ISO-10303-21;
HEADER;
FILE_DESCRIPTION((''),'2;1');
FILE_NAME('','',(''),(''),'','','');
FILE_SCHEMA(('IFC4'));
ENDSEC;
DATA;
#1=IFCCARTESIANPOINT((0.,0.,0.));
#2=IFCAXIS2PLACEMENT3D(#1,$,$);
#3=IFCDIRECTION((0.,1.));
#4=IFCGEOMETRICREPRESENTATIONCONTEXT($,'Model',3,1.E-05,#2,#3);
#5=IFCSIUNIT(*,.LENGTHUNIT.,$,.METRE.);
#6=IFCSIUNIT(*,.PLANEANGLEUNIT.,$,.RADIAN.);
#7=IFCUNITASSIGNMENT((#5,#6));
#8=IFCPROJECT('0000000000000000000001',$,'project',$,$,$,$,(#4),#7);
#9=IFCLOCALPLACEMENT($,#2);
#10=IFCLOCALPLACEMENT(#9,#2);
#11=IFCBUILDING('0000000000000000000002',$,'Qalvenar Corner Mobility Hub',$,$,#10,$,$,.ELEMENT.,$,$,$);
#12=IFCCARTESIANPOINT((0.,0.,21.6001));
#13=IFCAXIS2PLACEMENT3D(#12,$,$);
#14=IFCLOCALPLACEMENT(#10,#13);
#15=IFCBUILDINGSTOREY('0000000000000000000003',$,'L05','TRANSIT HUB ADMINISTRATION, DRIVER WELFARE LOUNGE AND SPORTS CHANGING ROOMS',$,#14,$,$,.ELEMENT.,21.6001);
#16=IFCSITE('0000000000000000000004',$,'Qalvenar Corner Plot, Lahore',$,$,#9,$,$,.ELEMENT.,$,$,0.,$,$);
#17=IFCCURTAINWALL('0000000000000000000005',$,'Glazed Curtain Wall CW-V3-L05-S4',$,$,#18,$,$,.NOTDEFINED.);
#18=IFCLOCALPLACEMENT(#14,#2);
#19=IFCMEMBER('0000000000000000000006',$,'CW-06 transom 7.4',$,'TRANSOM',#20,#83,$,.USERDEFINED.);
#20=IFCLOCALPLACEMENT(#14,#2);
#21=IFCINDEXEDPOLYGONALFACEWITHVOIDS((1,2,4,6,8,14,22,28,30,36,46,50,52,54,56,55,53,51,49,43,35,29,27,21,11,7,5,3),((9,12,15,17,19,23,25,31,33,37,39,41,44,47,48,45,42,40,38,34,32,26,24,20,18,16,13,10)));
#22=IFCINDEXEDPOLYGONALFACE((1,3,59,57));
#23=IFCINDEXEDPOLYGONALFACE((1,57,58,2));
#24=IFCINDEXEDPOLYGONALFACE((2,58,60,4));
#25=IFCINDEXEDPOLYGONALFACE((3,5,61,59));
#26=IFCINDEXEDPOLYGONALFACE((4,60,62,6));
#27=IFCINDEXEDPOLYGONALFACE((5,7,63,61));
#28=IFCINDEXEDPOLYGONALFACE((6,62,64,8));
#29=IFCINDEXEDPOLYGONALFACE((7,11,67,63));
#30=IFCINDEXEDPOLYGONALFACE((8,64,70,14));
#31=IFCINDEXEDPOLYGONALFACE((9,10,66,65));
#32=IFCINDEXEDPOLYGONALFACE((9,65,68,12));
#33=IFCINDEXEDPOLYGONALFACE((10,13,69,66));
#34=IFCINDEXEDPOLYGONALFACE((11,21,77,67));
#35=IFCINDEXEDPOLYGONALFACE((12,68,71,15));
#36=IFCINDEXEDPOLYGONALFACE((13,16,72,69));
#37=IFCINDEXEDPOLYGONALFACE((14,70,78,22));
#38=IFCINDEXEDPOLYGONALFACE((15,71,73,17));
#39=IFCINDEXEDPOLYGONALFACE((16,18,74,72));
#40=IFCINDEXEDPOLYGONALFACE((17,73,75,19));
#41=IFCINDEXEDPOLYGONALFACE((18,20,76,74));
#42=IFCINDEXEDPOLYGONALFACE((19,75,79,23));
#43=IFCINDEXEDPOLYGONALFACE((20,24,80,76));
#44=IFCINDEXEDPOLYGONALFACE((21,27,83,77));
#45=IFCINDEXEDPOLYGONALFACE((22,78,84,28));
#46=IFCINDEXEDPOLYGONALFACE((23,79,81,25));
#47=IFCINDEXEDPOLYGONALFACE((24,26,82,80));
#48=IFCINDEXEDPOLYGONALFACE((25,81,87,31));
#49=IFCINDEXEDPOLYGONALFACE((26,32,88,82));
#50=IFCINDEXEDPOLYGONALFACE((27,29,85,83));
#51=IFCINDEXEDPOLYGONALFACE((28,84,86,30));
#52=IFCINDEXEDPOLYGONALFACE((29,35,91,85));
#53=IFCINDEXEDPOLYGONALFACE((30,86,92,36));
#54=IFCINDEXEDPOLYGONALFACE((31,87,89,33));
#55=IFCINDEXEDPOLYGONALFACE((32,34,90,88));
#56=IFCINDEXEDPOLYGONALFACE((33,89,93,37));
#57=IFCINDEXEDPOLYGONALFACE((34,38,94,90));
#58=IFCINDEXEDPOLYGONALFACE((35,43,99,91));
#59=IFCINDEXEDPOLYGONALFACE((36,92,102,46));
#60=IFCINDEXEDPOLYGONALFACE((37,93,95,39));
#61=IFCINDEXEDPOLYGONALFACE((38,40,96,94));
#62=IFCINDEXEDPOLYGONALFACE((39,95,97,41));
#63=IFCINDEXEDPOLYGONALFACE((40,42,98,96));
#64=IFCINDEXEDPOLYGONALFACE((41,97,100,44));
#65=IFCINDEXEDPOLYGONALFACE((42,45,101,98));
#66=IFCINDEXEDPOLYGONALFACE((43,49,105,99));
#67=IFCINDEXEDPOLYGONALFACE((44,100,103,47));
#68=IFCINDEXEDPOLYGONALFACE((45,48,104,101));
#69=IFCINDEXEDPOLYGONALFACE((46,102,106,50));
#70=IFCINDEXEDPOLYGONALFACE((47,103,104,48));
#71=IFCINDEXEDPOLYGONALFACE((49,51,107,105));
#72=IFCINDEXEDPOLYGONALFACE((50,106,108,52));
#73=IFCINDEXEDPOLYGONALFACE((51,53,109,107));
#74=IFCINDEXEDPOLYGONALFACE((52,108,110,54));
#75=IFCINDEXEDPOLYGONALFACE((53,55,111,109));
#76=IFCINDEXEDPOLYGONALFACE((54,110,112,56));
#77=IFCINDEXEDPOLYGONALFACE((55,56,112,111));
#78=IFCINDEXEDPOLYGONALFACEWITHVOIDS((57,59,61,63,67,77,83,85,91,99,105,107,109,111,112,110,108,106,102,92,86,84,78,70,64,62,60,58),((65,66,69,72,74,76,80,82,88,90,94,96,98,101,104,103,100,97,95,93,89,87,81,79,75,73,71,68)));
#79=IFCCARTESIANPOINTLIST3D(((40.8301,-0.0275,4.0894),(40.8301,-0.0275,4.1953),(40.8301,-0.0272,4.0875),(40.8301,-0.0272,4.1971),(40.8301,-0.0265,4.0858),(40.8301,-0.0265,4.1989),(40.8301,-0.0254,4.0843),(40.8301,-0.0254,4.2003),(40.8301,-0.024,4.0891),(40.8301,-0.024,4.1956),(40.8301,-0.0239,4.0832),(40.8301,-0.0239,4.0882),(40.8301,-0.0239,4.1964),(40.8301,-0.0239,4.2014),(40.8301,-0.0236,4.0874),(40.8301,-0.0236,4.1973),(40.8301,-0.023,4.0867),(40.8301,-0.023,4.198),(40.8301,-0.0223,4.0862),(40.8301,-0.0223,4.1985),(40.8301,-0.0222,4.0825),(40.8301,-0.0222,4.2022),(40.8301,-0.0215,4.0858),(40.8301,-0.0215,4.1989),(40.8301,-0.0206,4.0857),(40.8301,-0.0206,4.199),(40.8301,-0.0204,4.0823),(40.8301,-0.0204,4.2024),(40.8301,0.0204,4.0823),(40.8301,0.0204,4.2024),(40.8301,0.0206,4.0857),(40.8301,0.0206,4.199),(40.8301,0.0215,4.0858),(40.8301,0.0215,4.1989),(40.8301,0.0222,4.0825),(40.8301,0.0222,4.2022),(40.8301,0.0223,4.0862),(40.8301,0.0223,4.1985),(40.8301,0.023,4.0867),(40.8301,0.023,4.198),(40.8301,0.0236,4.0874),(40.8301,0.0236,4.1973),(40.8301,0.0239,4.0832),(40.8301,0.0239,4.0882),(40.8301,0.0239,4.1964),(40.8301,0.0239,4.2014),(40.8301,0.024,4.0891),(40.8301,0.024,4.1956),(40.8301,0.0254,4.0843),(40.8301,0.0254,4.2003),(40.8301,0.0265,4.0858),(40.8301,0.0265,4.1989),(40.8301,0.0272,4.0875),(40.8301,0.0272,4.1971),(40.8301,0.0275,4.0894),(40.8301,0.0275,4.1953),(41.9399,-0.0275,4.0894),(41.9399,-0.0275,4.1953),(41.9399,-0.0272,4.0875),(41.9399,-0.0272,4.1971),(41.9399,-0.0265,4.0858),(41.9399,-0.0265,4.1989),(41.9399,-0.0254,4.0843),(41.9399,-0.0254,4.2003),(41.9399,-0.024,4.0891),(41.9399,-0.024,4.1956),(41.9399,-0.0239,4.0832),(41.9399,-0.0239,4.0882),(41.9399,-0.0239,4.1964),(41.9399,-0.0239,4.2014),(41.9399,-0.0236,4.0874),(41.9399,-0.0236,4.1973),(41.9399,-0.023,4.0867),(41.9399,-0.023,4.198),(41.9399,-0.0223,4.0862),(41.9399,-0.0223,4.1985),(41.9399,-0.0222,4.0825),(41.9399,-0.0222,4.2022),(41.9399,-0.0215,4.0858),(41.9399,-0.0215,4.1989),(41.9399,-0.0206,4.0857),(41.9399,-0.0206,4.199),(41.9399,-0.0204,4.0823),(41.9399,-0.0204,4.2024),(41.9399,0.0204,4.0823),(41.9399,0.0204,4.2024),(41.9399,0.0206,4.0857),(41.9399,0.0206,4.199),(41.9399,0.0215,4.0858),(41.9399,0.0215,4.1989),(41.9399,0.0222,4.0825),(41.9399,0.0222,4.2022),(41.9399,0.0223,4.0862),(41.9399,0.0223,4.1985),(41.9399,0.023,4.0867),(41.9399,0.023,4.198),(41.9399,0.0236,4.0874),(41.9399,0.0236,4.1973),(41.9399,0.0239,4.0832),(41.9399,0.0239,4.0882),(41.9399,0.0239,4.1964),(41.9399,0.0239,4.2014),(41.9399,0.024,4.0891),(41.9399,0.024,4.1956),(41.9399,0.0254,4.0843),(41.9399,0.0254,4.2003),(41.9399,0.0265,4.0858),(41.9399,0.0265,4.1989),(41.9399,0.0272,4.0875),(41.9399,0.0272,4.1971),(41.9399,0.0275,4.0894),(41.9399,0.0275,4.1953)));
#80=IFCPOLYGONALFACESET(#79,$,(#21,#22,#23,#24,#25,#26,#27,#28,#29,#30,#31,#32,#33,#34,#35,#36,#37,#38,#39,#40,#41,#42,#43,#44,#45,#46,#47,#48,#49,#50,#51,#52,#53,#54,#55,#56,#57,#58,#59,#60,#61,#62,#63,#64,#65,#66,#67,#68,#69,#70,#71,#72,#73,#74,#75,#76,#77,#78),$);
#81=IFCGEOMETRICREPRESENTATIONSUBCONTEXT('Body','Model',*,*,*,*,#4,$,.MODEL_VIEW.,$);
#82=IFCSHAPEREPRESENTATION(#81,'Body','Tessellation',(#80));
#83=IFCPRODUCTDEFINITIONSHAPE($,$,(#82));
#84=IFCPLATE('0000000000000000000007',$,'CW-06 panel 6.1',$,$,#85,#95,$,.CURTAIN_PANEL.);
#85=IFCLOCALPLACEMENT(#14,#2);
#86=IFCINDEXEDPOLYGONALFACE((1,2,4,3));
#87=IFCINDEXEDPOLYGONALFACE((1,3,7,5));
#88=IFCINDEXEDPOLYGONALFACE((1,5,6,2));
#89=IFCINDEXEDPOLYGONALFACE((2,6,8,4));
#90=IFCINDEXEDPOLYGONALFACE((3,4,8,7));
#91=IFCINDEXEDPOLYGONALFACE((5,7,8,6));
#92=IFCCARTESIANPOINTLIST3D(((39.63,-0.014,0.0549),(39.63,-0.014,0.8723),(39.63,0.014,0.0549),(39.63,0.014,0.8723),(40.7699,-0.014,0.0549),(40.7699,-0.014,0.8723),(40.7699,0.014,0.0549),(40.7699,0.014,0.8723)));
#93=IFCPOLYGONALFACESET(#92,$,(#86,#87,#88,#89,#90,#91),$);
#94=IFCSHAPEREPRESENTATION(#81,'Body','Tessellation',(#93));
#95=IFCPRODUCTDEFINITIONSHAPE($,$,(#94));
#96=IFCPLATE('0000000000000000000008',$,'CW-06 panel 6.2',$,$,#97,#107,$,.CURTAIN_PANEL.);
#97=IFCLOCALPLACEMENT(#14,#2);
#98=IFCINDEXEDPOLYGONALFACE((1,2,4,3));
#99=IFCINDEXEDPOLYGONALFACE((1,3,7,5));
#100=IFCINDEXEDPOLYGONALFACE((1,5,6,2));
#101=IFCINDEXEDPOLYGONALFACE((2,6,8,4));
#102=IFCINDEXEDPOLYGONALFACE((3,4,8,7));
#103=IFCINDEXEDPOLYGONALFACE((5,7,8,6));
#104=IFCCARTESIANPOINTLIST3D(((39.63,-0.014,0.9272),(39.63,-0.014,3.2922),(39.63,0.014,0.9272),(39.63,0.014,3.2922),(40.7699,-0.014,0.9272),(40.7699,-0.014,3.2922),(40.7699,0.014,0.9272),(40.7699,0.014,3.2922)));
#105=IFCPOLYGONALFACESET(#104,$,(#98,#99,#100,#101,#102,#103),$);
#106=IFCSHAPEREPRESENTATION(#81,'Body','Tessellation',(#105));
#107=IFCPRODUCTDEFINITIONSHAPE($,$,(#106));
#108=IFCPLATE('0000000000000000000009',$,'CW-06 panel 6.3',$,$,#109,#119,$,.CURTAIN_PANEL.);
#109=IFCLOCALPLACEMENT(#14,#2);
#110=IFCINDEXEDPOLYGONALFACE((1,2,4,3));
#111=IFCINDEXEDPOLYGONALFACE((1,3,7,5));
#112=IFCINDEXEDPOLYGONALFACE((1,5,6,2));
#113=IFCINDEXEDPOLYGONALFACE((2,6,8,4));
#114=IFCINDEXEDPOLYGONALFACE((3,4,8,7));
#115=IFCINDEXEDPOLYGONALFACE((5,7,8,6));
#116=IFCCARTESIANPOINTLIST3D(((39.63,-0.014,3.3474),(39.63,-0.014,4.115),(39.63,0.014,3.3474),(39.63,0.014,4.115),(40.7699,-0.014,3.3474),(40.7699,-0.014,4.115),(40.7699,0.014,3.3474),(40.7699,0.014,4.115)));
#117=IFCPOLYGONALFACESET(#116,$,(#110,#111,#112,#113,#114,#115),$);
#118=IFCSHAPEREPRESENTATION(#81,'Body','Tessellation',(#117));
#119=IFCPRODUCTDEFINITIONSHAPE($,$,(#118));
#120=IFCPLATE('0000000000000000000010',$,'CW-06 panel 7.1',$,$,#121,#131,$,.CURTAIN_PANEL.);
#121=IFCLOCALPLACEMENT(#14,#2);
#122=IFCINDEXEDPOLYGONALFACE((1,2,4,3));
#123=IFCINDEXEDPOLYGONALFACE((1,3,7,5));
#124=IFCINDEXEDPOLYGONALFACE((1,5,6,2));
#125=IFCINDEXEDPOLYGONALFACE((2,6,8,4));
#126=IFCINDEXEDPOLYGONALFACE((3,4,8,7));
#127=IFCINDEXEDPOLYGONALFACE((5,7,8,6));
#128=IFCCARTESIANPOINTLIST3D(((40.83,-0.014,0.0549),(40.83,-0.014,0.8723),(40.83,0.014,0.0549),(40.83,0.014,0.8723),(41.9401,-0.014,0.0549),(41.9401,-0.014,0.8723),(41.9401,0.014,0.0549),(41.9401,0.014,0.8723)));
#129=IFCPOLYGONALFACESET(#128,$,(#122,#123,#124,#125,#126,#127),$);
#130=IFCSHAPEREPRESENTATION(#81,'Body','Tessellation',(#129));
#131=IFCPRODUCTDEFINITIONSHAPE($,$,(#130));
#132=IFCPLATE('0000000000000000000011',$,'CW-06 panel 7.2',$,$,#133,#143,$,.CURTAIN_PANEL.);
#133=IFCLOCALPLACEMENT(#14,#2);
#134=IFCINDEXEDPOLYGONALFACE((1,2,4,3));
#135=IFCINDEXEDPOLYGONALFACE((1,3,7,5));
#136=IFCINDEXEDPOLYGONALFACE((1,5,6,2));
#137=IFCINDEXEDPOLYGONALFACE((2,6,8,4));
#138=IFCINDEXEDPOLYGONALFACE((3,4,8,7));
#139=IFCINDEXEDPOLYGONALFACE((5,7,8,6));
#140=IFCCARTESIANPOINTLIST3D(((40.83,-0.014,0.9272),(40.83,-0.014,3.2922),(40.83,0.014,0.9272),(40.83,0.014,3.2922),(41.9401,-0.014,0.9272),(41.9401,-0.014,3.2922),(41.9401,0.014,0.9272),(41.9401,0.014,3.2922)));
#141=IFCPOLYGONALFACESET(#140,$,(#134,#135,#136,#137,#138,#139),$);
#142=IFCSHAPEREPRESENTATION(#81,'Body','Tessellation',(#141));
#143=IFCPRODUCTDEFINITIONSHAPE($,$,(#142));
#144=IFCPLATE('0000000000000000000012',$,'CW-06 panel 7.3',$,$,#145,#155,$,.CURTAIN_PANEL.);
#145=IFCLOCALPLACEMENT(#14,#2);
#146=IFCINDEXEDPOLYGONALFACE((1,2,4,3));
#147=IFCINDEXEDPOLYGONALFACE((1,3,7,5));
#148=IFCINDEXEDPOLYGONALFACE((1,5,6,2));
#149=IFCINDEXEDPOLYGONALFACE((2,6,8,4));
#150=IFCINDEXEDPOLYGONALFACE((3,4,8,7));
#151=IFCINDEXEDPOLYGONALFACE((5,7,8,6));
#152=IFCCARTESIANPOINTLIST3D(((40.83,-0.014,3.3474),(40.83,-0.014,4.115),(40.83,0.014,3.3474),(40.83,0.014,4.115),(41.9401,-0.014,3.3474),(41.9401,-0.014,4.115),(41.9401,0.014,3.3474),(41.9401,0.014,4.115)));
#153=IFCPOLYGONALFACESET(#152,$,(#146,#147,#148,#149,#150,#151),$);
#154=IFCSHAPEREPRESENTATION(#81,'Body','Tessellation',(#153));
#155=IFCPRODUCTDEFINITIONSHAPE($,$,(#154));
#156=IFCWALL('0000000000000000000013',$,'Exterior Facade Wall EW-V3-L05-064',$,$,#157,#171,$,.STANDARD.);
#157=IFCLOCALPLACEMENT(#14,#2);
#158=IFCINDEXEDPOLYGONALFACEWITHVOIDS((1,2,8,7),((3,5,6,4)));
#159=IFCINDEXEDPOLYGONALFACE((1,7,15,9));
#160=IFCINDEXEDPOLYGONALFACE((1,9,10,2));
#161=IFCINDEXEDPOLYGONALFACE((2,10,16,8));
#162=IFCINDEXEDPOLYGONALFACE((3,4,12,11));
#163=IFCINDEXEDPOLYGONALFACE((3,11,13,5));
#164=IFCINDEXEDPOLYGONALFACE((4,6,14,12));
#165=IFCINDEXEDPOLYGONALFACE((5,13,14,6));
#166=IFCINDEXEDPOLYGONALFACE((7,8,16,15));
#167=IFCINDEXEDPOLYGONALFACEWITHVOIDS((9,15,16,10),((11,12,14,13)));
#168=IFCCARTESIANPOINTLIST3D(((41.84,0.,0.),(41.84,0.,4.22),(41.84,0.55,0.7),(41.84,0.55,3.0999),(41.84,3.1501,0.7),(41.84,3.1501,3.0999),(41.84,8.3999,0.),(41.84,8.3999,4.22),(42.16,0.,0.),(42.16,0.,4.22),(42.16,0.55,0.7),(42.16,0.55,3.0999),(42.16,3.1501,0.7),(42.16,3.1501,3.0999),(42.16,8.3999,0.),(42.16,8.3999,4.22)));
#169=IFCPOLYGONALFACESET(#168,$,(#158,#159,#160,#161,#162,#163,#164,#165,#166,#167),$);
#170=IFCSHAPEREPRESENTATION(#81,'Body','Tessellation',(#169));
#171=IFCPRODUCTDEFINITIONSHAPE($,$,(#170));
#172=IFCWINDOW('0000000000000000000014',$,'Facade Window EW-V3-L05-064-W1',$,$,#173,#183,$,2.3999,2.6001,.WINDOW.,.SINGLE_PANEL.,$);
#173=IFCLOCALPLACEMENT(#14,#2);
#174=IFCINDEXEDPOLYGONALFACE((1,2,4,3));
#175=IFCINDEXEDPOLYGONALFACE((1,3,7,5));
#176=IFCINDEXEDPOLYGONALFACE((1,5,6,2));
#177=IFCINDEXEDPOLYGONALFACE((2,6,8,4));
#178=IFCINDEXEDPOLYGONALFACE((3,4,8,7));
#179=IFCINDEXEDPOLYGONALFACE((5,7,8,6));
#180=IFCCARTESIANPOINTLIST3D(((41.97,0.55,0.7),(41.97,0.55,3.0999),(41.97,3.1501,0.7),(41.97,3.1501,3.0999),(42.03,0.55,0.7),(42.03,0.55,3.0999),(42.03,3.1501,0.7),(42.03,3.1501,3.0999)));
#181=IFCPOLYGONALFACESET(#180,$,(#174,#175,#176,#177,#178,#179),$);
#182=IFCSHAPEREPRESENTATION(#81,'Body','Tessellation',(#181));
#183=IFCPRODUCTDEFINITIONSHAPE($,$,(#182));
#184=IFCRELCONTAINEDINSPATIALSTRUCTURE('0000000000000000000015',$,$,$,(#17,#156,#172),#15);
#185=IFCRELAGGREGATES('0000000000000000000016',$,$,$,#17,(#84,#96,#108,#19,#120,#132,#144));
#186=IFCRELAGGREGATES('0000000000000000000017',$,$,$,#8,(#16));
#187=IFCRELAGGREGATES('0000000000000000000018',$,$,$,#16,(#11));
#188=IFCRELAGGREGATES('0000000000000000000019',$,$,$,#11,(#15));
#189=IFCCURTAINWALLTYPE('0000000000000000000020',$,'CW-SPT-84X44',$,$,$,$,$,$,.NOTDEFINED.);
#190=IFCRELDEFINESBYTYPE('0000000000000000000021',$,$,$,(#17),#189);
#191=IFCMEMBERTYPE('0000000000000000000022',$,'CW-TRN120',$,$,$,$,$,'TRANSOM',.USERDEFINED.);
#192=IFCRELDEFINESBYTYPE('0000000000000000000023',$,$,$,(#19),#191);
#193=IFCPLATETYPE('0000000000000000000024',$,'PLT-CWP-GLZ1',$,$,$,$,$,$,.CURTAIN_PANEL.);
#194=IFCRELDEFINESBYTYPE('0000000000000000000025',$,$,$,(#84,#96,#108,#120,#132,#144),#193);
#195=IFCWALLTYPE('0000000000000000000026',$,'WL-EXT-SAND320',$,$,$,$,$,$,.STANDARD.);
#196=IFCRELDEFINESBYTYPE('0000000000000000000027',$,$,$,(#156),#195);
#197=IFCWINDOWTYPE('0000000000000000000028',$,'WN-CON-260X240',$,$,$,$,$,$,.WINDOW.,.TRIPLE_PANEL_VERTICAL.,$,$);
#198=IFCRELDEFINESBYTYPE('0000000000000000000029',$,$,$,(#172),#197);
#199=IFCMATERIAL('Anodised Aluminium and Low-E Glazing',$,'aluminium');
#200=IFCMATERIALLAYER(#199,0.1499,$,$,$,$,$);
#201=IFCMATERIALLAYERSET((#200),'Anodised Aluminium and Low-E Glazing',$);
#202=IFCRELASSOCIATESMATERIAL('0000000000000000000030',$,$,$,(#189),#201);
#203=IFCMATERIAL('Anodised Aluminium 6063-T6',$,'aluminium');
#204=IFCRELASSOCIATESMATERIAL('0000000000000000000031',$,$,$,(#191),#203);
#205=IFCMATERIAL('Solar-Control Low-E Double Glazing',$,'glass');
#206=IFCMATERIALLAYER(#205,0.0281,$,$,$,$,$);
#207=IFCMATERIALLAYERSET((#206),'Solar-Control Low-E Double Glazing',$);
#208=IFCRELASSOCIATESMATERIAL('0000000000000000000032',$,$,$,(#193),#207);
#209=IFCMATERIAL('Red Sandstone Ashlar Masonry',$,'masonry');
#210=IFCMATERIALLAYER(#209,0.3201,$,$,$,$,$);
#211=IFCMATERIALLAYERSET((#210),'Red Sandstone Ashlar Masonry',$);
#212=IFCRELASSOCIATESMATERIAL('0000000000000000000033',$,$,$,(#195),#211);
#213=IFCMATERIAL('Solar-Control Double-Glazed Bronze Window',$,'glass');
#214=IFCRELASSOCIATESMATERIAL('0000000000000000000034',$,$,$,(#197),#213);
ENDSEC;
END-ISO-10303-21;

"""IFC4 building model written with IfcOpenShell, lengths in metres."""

from ifc_helpers import new_model, si_unit, direction, frame, frame_2d, origin, origin_2d, place, context, subcontext, project, spatial, rectangle, hollow_rectangle, extrude, material, layer, layer_set, material_profile, profile_set, type_object, element, fill, aggregate, save


model = new_model("IFC4")

# Units and contexts
model_context = context("Model", 3, precision=1e-05, world=origin(), true_north=direction((0.0, 1.0)))
body_context = subcontext(model_context, "Body", "Model", "MODEL_VIEW")
ifc_project = project(units=[si_unit("LENGTHUNIT", "METRE"), si_unit("PLANEANGLEUNIT", "RADIAN")], contexts=[model_context])

# Site, building, storey
site_placement = place(None, origin())
site = spatial("IfcSite", under=ifc_project, at=site_placement, Name="Qalvenar Corner Plot, Lahore", CompositionType="ELEMENT", RefElevation=0.0)
building_placement = place(site_placement, origin())
building = spatial("IfcBuilding", under=site, at=building_placement, Name="Qalvenar Corner Mobility Hub", CompositionType="ELEMENT")
storey_placement = place(building_placement, frame((0.0, 0.0, 21.6001)))
storey = spatial("IfcBuildingStorey", under=building, at=storey_placement, Name="L05", Description="TRANSIT HUB ADMINISTRATION, DRIVER WELFARE LOUNGE AND SPORTS CHANGING ROOMS", CompositionType="ELEMENT", Elevation=21.6001)

# Curtain wall, member, plates
ifc_material_1 = material(Name="Anodised Aluminium and Low-E Glazing", Category="aluminium")
ifc_layer_1 = layer(ifc_material_1, 0.1499)
ifc_layer_set_1 = layer_set([ifc_layer_1], Name="Anodised Aluminium and Low-E Glazing")
curtain_wall_type = type_object("IfcCurtainWallType", Name="CW-SPT-84X44", PredefinedType="NOTDEFINED", material=ifc_layer_set_1)
curtain_wall_placement = place(storey_placement, origin())
curtain_wall = element("IfcCurtainWall", 1, at=curtain_wall_placement, inside=storey, type_object=curtain_wall_type, Name="Glazed Curtain Wall CW-V3-L05-S4", PredefinedType="NOTDEFINED")
ifc_material_2 = material(Name="Anodised Aluminium 6063-T6", Category="aluminium")
ifc_material_profile_1 = material_profile(ifc_material_2, hollow_rectangle(XDim=0.0549, YDim=0.1201, WallThickness=0.0034, InnerFilletRadius=0.0034, OuterFilletRadius=0.0071, at=origin_2d()), Name="RHS120x55x3.5")
ifc_profile_set_1 = profile_set([ifc_material_profile_1], Name="Anodised Aluminium 6063-T6")
member_type_1 = type_object("IfcMemberType", Name="CW-TRN120", ElementType="TRANSOM", PredefinedType="USERDEFINED", material=ifc_profile_set_1)
member_1_placement = place(storey_placement, frame((40.8301, 0.0, 4.1423), z_axis=(1.0, 0.0, 0.0), x_axis=(0.0, 1.0, 0.0)))
member_1 = element("IfcMember", 2, at=member_1_placement, type_object=member_type_1, Name="CW-06 transom 7.4", ObjectType="TRANSOM", PredefinedType="USERDEFINED", context=body_context, shape_type="SweptSolid", body=[
    extrude(hollow_rectangle(XDim=0.0549, YDim=0.1201, WallThickness=0.0034, InnerFilletRadius=0.0034, OuterFilletRadius=0.0071, at=origin_2d()), origin(), (0.0, 0.0, 1.0), 1.1099),
])
ifc_material_3 = material(Name="Solar-Control Low-E Double Glazing", Category="glass")
ifc_layer_2 = layer(ifc_material_3, 0.0281)
ifc_layer_set_2 = layer_set([ifc_layer_2], Name="Solar-Control Low-E Double Glazing")
plate_type = type_object("IfcPlateType", Name="PLT-CWP-GLZ1", PredefinedType="CURTAIN_PANEL", material=ifc_layer_set_2)
plate_1_placement = place(storey_placement, frame((40.2, 0.0, 0.0549), z_axis=(0.0, 0.0, 1.0), x_axis=(1.0, 0.0, 0.0)))
plate_1 = element("IfcPlate", 3, at=plate_1_placement, type_object=plate_type, Name="CW-06 panel 6.1", PredefinedType="CURTAIN_PANEL", context=body_context, shape_type="SweptSolid", body=[
    extrude(rectangle(XDim=1.1399, YDim=0.0281, at=origin_2d()), origin(), (0.0, 0.0, 1.0), 0.8174),
])
plate_2_placement = place(storey_placement, frame((40.2, 0.0, 0.9272), z_axis=(0.0, 0.0, 1.0), x_axis=(1.0, 0.0, 0.0)))
plate_2 = element("IfcPlate", 4, at=plate_2_placement, type_object=plate_type, Name="CW-06 panel 6.2", PredefinedType="CURTAIN_PANEL", context=body_context, shape_type="SweptSolid", body=[
    extrude(rectangle(XDim=1.1399, YDim=0.0281, at=origin_2d()), origin(), (0.0, 0.0, 1.0), 2.365),
])
plate_3_placement = place(storey_placement, frame((40.2, 0.0, 3.3474), z_axis=(0.0, 0.0, 1.0), x_axis=(1.0, 0.0, 0.0)))
plate_3 = element("IfcPlate", 5, at=plate_3_placement, type_object=plate_type, Name="CW-06 panel 6.3", PredefinedType="CURTAIN_PANEL", context=body_context, shape_type="SweptSolid", body=[
    extrude(rectangle(XDim=1.1399, YDim=0.0281, at=origin_2d()), origin(), (0.0, 0.0, 1.0), 0.7676),
])
plate_4_placement = place(storey_placement, frame((41.385, 0.0, 0.0549), z_axis=(0.0, 0.0, 1.0), x_axis=(1.0, 0.0, 0.0)))
plate_4 = element("IfcPlate", 6, at=plate_4_placement, type_object=plate_type, Name="CW-06 panel 7.1", PredefinedType="CURTAIN_PANEL", context=body_context, shape_type="SweptSolid", body=[
    extrude(rectangle(XDim=1.1101, YDim=0.0281, at=origin_2d()), origin(), (0.0, 0.0, 1.0), 0.8174),
])
plate_5_placement = place(storey_placement, frame((41.385, 0.0, 0.9272), z_axis=(0.0, 0.0, 1.0), x_axis=(1.0, 0.0, 0.0)))
plate_5 = element("IfcPlate", 7, at=plate_5_placement, type_object=plate_type, Name="CW-06 panel 7.2", PredefinedType="CURTAIN_PANEL", context=body_context, shape_type="SweptSolid", body=[
    extrude(rectangle(XDim=1.1101, YDim=0.0281, at=origin_2d()), origin(), (0.0, 0.0, 1.0), 2.365),
])
plate_6_placement = place(storey_placement, frame((41.385, 0.0, 3.3474), z_axis=(0.0, 0.0, 1.0), x_axis=(1.0, 0.0, 0.0)))
plate_6 = element("IfcPlate", 8, at=plate_6_placement, type_object=plate_type, Name="CW-06 panel 7.3", PredefinedType="CURTAIN_PANEL", context=body_context, shape_type="SweptSolid", body=[
    extrude(rectangle(XDim=1.1101, YDim=0.0281, at=origin_2d()), origin(), (0.0, 0.0, 1.0), 0.7676),
])
aggregate(curtain_wall, [plate_1, plate_2, plate_3, member_1, plate_4, plate_5, plate_6])

# Wall, opening, window
ifc_material_4 = material(Name="Red Sandstone Ashlar Masonry", Category="masonry")
ifc_layer_3 = layer(ifc_material_4, 0.3201)
ifc_layer_set_3 = layer_set([ifc_layer_3], Name="Red Sandstone Ashlar Masonry")
wall_type = type_object("IfcWallType", Name="WL-EXT-SAND320", PredefinedType="STANDARD", material=ifc_layer_set_3)
wall_placement = place(storey_placement, frame((42.0, 0.0, 0.0), z_axis=(0.0, 0.0, 1.0), x_axis=(0.0, 1.0, 0.0)))
wall = element("IfcWall", 9, at=wall_placement, inside=storey, type_object=wall_type, Name="Exterior Facade Wall EW-V3-L05-064", PredefinedType="STANDARD", context=body_context, shape_type="SweptSolid", body=[
    extrude(rectangle(XDim=8.3999, YDim=0.3201, at=frame_2d((4.2, 0.0))), origin(), (0.0, 0.0, 1.0), 4.22),
])
opening_placement = place(wall_placement, frame((0.55, 0.0, 0.7)))
opening = element("IfcOpeningElement", 10, at=opening_placement, cuts=wall, PredefinedType="OPENING", context=body_context, shape_type="SweptSolid", body=[
    extrude(rectangle(XDim=2.6001, YDim=2.3999, at=frame_2d((1.3, 1.2))), frame((0.0, 0.1699, 0.0), z_axis=(0.0, -1.0, 0.0), x_axis=(1.0, 0.0, 0.0)), (0.0, 0.0, 1.0), 0.3401),
])
ifc_material_5 = material(Name="Solar-Control Double-Glazed Bronze Window", Category="glass")
window_type = type_object("IfcWindowType", Name="WN-CON-260X240", PartitioningType="TRIPLE_PANEL_VERTICAL", PredefinedType="WINDOW", material=ifc_material_5)
window_placement = place(opening_placement, origin())
window = element("IfcWindow", 11, at=window_placement, inside=storey, type_object=window_type, Name="Facade Window EW-V3-L05-064-W1", OverallHeight=2.3999, OverallWidth=2.6001, PartitioningType="SINGLE_PANEL", PredefinedType="WINDOW", context=body_context, shape_type="SweptSolid", body=[
    extrude(rectangle(XDim=2.6001, YDim=2.3999, at=frame_2d((1.3, 1.2))), frame((0.0, 0.03, 0.0), z_axis=(0.0, -1.0, 0.0), x_axis=(1.0, 0.0, 0.0)), (0.0, 0.0, 1.0), 0.0601),
])
fill(opening, window)

save(model, "model.ifc")
